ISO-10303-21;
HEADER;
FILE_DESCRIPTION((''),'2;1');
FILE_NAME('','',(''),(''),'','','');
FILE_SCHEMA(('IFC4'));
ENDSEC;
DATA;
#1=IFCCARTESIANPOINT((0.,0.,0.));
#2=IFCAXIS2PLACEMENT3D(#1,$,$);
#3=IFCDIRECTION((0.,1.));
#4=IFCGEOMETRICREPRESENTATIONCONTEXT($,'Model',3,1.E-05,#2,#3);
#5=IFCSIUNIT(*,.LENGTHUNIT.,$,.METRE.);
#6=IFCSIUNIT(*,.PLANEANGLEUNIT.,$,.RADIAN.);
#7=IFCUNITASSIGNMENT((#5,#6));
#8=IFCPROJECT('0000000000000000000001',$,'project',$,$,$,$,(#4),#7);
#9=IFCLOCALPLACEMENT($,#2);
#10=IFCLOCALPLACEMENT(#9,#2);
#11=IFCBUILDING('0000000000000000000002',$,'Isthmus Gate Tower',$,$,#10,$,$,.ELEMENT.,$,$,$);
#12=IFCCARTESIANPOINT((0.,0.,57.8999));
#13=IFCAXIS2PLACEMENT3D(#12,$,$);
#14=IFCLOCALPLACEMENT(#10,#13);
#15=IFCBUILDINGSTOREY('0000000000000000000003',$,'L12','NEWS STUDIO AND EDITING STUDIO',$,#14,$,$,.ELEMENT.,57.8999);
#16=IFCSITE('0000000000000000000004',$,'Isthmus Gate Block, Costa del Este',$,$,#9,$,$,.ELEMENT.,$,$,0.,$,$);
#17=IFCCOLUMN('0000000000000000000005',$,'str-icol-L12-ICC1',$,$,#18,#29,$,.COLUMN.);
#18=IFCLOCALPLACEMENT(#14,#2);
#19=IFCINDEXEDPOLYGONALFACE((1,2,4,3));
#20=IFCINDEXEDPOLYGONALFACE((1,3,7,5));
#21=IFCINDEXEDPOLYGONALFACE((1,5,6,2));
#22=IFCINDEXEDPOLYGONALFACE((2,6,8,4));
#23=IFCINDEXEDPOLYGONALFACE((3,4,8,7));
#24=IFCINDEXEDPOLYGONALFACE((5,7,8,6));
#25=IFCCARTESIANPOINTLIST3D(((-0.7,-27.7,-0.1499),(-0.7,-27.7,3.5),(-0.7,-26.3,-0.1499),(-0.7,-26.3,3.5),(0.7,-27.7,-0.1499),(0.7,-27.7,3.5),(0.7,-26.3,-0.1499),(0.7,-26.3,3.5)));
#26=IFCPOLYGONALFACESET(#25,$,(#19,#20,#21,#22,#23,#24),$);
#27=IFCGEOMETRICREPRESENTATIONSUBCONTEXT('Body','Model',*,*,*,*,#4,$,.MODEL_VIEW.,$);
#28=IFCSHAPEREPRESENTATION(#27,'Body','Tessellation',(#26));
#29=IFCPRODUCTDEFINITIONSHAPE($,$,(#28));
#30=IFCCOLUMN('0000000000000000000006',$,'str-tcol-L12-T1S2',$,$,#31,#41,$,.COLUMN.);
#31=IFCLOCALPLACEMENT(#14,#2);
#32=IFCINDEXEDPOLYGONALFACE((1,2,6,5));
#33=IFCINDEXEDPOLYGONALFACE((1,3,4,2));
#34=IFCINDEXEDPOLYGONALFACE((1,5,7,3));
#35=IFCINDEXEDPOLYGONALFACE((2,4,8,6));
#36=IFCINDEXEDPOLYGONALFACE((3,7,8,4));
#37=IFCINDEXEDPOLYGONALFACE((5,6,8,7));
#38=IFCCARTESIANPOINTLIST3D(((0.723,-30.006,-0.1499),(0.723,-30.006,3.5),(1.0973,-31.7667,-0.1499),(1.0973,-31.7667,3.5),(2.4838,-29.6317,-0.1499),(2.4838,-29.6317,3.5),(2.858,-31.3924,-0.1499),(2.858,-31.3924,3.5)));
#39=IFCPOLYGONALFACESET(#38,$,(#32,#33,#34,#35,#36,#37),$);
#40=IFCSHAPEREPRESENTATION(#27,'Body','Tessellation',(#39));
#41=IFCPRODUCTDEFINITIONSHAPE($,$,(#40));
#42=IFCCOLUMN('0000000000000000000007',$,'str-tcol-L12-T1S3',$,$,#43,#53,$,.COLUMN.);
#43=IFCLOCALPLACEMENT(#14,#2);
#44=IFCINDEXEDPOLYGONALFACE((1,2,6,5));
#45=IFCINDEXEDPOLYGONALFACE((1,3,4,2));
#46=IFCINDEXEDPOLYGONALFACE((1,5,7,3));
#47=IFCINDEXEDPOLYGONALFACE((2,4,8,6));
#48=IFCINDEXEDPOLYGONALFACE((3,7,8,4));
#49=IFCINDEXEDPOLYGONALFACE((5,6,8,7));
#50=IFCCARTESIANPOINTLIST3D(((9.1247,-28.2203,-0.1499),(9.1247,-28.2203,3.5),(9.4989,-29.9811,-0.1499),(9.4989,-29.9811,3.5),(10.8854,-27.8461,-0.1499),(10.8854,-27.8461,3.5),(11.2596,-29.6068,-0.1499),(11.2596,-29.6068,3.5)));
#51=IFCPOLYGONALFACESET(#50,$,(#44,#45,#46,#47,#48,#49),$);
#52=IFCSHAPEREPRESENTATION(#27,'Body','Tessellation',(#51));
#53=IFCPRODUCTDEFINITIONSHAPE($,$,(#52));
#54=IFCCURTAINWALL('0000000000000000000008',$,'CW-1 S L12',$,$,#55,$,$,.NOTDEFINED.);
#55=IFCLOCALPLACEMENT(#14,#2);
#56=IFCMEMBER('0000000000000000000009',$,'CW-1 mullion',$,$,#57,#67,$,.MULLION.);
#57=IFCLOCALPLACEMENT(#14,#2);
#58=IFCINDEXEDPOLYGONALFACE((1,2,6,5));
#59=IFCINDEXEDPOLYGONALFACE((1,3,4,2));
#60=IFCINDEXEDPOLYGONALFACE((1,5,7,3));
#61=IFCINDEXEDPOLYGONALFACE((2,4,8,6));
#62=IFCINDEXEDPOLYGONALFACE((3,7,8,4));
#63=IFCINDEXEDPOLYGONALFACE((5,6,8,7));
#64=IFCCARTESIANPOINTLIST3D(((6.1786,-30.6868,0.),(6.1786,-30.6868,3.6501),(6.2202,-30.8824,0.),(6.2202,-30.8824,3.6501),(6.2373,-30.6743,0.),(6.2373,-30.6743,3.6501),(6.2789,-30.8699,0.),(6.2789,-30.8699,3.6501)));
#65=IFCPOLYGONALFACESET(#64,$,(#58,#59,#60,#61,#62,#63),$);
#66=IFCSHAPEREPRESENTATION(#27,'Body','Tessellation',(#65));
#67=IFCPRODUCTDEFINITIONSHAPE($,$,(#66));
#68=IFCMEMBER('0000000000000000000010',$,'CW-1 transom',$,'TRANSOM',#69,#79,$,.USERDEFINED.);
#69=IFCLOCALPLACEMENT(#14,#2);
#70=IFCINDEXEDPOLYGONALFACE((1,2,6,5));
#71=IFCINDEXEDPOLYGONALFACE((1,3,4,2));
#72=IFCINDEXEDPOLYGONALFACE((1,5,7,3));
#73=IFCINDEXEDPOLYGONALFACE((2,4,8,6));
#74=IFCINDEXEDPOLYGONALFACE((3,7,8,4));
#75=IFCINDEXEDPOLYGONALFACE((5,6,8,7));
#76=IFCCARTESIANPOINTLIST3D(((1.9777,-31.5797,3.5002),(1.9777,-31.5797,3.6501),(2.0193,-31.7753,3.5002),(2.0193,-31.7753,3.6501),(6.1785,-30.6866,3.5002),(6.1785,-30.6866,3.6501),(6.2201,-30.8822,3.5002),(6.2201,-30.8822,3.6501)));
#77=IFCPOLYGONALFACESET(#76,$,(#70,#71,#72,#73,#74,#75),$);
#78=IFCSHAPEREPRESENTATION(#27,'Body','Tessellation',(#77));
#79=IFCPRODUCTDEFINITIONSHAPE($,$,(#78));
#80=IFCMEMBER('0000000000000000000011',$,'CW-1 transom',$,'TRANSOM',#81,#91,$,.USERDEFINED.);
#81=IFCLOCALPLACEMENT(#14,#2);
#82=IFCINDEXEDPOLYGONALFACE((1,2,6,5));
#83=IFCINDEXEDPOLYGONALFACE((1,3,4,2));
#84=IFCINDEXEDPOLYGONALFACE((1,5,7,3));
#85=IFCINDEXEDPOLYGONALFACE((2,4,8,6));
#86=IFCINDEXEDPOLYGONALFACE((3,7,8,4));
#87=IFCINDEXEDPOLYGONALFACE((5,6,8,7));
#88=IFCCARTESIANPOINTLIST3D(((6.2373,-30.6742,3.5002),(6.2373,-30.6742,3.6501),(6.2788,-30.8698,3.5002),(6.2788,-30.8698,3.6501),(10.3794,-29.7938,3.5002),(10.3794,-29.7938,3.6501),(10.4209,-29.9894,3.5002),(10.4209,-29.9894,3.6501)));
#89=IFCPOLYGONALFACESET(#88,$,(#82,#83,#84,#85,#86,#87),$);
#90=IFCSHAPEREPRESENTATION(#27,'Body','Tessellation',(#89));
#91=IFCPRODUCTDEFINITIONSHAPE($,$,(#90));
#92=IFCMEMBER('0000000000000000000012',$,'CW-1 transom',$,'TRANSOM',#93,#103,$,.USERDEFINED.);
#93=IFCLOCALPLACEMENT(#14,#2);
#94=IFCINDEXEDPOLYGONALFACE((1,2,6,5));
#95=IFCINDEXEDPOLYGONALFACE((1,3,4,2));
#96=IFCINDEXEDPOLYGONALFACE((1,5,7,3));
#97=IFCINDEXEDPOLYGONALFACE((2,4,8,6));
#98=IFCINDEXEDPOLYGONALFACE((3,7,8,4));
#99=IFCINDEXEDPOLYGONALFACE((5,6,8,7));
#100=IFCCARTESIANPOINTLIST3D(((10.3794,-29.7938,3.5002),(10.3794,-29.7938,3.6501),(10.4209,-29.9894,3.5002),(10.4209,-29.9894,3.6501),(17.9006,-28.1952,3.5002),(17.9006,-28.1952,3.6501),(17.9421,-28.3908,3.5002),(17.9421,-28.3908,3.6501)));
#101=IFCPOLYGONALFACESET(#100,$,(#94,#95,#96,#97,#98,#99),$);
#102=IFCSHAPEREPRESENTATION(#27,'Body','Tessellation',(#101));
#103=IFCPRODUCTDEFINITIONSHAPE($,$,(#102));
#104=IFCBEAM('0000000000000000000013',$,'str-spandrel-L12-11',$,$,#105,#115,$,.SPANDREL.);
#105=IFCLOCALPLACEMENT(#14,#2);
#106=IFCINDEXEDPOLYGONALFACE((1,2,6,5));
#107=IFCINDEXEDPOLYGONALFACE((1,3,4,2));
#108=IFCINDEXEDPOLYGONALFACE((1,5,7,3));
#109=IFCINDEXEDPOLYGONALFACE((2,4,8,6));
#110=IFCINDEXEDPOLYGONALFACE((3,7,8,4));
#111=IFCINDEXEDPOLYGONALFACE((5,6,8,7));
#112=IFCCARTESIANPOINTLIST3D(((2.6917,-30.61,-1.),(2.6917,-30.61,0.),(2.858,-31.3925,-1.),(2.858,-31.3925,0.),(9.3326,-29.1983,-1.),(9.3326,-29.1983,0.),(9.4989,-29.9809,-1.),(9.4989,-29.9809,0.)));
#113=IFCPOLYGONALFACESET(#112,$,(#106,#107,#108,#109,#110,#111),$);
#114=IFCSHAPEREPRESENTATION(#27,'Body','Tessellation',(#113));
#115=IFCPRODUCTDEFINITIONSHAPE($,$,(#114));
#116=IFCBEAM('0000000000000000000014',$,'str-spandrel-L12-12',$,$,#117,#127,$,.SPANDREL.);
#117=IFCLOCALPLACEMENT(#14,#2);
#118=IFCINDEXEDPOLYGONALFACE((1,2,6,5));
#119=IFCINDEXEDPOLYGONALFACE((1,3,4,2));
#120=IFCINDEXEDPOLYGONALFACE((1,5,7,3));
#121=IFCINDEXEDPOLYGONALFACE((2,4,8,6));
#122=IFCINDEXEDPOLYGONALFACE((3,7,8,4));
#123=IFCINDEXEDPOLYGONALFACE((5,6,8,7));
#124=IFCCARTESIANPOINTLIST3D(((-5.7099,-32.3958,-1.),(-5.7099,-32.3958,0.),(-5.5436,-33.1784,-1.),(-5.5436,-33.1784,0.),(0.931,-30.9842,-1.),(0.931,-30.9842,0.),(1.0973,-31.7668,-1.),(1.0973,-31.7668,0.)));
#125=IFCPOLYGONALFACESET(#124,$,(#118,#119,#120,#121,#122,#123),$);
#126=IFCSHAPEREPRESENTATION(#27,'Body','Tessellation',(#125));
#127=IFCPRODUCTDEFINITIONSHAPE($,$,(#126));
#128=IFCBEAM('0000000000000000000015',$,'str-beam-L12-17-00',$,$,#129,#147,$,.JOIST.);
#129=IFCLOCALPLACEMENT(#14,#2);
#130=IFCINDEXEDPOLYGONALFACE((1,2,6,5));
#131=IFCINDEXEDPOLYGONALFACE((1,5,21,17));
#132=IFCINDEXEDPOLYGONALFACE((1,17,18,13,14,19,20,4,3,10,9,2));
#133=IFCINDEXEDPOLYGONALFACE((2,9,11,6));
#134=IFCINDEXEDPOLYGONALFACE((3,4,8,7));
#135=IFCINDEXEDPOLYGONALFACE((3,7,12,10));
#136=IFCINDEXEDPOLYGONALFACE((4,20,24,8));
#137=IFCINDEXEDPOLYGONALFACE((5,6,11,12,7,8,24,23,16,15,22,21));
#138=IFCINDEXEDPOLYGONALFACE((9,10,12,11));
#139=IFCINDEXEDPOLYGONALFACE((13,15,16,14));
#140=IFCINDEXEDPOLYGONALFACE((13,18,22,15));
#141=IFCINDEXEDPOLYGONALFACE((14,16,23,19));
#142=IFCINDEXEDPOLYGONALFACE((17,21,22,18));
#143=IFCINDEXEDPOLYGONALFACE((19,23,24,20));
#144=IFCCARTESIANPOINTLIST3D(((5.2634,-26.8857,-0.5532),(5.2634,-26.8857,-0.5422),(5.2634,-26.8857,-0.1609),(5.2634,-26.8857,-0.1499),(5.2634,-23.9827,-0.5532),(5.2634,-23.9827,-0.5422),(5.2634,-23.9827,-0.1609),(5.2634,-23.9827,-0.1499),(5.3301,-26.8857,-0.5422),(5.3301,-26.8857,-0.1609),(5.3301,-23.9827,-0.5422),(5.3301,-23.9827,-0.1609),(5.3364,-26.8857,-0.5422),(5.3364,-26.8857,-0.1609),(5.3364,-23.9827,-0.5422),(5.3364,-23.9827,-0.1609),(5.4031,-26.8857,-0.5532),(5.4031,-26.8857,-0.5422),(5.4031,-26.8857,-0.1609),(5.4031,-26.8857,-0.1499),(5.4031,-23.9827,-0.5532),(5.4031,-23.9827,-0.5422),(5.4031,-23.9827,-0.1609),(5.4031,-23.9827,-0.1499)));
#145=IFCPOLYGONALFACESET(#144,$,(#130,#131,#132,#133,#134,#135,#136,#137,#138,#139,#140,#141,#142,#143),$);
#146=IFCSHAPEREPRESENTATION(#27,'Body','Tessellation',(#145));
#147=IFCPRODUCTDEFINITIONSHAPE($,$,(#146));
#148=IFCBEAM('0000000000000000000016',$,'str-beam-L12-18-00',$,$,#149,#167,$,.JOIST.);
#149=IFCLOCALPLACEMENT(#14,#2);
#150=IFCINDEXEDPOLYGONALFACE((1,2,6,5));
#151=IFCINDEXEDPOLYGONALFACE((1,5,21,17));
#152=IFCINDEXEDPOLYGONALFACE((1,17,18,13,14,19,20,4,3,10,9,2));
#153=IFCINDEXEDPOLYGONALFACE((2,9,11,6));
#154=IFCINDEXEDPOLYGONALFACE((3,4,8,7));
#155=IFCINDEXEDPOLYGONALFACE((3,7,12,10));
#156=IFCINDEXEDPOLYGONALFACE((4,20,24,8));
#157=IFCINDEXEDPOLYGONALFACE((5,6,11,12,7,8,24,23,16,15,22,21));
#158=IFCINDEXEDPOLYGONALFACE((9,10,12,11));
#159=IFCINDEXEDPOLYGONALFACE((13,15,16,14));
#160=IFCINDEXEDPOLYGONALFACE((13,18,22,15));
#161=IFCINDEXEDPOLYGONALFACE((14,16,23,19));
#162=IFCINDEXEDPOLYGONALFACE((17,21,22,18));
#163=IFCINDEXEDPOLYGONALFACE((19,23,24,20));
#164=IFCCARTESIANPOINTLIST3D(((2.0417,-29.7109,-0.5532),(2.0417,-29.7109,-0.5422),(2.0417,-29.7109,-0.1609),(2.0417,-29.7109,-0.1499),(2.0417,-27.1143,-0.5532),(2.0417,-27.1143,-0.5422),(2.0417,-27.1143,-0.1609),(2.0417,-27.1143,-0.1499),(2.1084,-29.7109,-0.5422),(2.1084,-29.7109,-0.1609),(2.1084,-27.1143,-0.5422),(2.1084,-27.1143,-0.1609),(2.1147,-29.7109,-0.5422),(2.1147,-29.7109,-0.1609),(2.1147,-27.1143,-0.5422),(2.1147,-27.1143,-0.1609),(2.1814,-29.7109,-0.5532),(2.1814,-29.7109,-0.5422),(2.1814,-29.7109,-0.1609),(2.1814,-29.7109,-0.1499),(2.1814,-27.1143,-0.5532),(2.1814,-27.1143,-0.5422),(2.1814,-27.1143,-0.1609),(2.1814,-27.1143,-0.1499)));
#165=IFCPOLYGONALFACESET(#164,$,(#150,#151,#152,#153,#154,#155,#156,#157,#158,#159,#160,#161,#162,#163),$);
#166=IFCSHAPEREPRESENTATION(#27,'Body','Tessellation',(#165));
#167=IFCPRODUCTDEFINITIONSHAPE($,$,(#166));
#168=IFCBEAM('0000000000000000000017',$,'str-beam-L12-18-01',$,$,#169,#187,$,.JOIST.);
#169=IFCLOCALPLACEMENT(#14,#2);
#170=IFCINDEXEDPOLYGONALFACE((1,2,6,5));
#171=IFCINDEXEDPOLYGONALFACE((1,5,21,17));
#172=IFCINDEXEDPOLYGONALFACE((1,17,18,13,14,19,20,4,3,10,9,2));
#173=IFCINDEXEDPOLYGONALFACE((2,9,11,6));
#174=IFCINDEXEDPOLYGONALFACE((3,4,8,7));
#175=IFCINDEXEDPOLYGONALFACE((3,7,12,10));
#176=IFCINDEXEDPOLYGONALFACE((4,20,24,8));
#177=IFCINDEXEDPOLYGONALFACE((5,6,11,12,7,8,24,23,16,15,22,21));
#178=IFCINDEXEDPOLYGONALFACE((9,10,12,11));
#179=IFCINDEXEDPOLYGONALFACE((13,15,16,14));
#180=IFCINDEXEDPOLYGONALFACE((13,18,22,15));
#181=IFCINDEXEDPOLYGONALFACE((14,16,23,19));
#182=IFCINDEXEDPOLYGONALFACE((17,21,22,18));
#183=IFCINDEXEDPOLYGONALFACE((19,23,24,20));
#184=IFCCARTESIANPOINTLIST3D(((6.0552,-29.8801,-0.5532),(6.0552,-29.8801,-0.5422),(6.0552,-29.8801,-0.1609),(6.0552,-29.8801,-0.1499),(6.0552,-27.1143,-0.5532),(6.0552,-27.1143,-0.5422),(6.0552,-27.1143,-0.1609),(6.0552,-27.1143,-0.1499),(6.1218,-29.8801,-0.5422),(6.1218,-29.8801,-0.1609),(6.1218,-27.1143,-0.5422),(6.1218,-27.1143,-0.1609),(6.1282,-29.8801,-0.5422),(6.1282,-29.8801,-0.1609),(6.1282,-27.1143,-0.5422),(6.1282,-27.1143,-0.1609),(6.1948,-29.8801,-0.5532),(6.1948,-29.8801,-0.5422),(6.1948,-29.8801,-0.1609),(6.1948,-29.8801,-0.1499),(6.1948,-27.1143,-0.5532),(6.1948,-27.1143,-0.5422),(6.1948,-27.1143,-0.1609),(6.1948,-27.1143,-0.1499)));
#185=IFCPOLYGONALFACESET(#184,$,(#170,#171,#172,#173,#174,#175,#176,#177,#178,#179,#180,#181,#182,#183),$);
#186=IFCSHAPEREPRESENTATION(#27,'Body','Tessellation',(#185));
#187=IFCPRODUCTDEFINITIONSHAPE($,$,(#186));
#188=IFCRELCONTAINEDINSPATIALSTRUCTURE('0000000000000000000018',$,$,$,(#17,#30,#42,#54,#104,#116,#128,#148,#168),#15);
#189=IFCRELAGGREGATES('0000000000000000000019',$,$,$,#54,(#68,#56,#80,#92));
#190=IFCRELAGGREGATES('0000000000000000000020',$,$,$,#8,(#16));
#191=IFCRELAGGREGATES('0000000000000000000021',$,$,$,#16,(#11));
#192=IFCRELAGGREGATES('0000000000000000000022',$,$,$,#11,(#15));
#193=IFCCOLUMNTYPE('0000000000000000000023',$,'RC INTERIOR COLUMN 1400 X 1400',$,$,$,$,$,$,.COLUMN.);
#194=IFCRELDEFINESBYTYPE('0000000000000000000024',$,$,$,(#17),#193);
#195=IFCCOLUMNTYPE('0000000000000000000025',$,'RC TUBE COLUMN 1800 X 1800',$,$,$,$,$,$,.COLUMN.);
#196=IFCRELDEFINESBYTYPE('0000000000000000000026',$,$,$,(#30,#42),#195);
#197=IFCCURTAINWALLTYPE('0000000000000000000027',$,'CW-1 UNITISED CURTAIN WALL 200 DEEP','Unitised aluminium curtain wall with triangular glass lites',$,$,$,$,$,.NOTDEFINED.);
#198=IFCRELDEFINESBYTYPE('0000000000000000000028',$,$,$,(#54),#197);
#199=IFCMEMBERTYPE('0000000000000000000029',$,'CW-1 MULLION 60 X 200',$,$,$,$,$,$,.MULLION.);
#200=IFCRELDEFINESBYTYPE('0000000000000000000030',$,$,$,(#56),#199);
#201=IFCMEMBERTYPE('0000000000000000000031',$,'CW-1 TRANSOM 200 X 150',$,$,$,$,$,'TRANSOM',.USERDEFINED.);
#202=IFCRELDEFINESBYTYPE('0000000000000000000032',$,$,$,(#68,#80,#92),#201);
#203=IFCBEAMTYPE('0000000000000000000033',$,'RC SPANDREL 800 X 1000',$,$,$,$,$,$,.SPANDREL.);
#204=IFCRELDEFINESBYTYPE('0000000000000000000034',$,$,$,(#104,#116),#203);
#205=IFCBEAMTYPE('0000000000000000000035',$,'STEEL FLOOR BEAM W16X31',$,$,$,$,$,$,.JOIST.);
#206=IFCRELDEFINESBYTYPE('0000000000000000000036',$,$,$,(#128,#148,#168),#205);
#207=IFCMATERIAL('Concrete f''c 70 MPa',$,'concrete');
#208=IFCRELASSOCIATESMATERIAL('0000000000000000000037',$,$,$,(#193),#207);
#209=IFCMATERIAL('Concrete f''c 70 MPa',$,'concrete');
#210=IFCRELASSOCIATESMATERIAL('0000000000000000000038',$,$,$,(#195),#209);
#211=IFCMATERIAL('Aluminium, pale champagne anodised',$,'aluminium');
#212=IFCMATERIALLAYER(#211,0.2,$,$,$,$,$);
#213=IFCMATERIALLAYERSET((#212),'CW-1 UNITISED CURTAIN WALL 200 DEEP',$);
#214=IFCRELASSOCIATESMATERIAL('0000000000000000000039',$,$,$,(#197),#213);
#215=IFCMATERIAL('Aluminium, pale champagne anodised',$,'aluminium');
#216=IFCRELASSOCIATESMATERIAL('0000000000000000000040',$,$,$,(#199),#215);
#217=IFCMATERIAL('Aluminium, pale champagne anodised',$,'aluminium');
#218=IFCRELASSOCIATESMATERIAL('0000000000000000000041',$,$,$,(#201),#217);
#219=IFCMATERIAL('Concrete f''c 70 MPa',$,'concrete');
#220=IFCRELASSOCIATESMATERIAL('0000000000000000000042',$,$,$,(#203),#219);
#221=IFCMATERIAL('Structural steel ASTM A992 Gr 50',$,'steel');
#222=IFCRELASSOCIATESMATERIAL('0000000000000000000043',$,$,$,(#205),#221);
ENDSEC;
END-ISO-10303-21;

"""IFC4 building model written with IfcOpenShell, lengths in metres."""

from ifc_helpers import new_model, si_unit, direction, frame, origin, origin_2d, place, context, subcontext, project, spatial, rectangle, i_section, extrude, material, layer, layer_set, material_profile, profile_set, type_object, element, aggregate, save


model = new_model("IFC4")

# Units and contexts
model_context = context("Model", 3, precision=1e-05, world=origin(), true_north=direction((0.0, 1.0)))
body_context = subcontext(model_context, "Body", "Model", "MODEL_VIEW")
ifc_project = project(units=[si_unit("LENGTHUNIT", "METRE"), si_unit("PLANEANGLEUNIT", "RADIAN")], contexts=[model_context])

# Site, building, storey
site_placement = place(None, origin())
site = spatial("IfcSite", under=ifc_project, at=site_placement, Name="Isthmus Gate Block, Costa del Este", CompositionType="ELEMENT", RefElevation=0.0)
building_placement = place(site_placement, origin())
building = spatial("IfcBuilding", under=site, at=building_placement, Name="Isthmus Gate Tower", CompositionType="ELEMENT")
storey_placement = place(building_placement, frame((0.0, 0.0, 57.8999)))
storey = spatial("IfcBuildingStorey", under=building, at=storey_placement, Name="L12", Description="NEWS STUDIO AND EDITING STUDIO", CompositionType="ELEMENT", Elevation=57.8999)

# Columns
ifc_material_1 = material(Name="Concrete f'c 70 MPa", Category="concrete")
ifc_material_profile_1 = material_profile(ifc_material_1, rectangle(XDim=1.3999, YDim=1.3999, at=origin_2d()), Name="RC 1400X1400")
ifc_profile_set_1 = profile_set([ifc_material_profile_1], Name="Concrete f'c 70 MPa")
column_type_1 = type_object("IfcColumnType", Name="RC INTERIOR COLUMN 1400 X 1400", PredefinedType="COLUMN", material=ifc_profile_set_1)
column_placement = place(storey_placement, frame((0.0, -27.0, -0.1499), z_axis=(0.0, 0.0, 1.0), x_axis=(1.0, 0.0, 0.0)))
element("IfcColumn", 1, at=column_placement, inside=storey, type_object=column_type_1, Name="str-icol-L12-ICC1", PredefinedType="COLUMN", context=body_context, shape_type="SweptSolid", body=[
    extrude(rectangle(XDim=1.3999, YDim=1.3999, at=origin_2d()), origin(), (0.0, 0.0, 1.0), 3.6499),
])
ifc_material_2 = material(Name="Concrete f'c 70 MPa", Category="concrete")
ifc_material_profile_2 = material_profile(ifc_material_2, rectangle(XDim=1.8, YDim=1.8, at=origin_2d()), Name="RC 1800X1800")
ifc_profile_set_2 = profile_set([ifc_material_profile_2], Name="Concrete f'c 70 MPa")
column_type_2 = type_object("IfcColumnType", Name="RC TUBE COLUMN 1800 X 1800", PredefinedType="COLUMN", material=ifc_profile_set_2)
for number, where, z_axis, x_axis, name in (
    (2, (1.7905, -30.6992, -0.1499), (0.0, 0.0, 1.0), (0.978148, 0.207912, 0.0), "str-tcol-L12-T1S2"),
    (3, (10.1921, -28.9136, -0.1499), (0.0, 0.0, 1.0), (0.978148, 0.207912, 0.0), "str-tcol-L12-T1S3"),
):
    element("IfcColumn", number, at=place(storey_placement, frame(where, z_axis=z_axis, x_axis=x_axis)), inside=storey, type_object=column_type_2, Name=name, PredefinedType="COLUMN", context=body_context, shape_type="SweptSolid", body=[
        extrude(rectangle(XDim=1.8, YDim=1.8, at=origin_2d()), origin(), (0.0, 0.0, 1.0), 3.6499),
    ])

# Curtain wall, members
ifc_material_3 = material(Name="Aluminium, pale champagne anodised", Category="aluminium")
ifc_layer_1 = layer(ifc_material_3, 0.2)
ifc_layer_set_1 = layer_set([ifc_layer_1], Name="CW-1 UNITISED CURTAIN WALL 200 DEEP")
curtain_wall_type = type_object("IfcCurtainWallType", Name="CW-1 UNITISED CURTAIN WALL 200 DEEP", Description="Unitised aluminium curtain wall with triangular glass lites", PredefinedType="NOTDEFINED", material=ifc_layer_set_1)
curtain_wall_placement = place(storey_placement, origin())
curtain_wall = element("IfcCurtainWall", 4, at=curtain_wall_placement, inside=storey, type_object=curtain_wall_type, Name="CW-1 S L12", PredefinedType="NOTDEFINED")
ifc_material_4 = material(Name="Aluminium, pale champagne anodised", Category="aluminium")
ifc_material_profile_3 = material_profile(ifc_material_4, rectangle(XDim=0.0601, YDim=0.2, at=origin_2d()), Name="60x200")
ifc_profile_set_3 = profile_set([ifc_material_profile_3], Name="Aluminium, pale champagne anodised")
member_type_1 = type_object("IfcMemberType", Name="CW-1 MULLION 60 X 200", PredefinedType="MULLION", material=ifc_profile_set_3)
member_1_placement = place(storey_placement, frame((6.2288, -30.7783, 0.0), z_axis=(0.0, 0.0, 1.0), x_axis=(0.978148, 0.207912, 0.0)))
member_1 = element("IfcMember", 5, at=member_1_placement, type_object=member_type_1, Name="CW-1 mullion", PredefinedType="MULLION", context=body_context, shape_type="SweptSolid", body=[
    extrude(rectangle(XDim=0.0601, YDim=0.2, at=origin_2d()), origin(), (0.0, 0.0, 1.0), 3.6501),
])
ifc_material_5 = material(Name="Aluminium, pale champagne anodised", Category="aluminium")
ifc_material_profile_4 = material_profile(ifc_material_5, rectangle(XDim=0.2, YDim=0.1499, at=origin_2d()), Name="200x150")
ifc_profile_set_4 = profile_set([ifc_material_profile_4], Name="Aluminium, pale champagne anodised")
member_type_2 = type_object("IfcMemberType", Name="CW-1 TRANSOM 200 X 150", ElementType="TRANSOM", PredefinedType="USERDEFINED", material=ifc_profile_set_4)
member_2_placement = place(storey_placement, frame((1.9985, -31.6775, 3.5752), z_axis=(0.978139, 0.207953, 0.0), x_axis=(-0.207953, 0.978139, 0.0)))
member_2 = element("IfcMember", 6, at=member_2_placement, type_object=member_type_2, Name="CW-1 transom", ObjectType="TRANSOM", PredefinedType="USERDEFINED", context=body_context, shape_type="SweptSolid", body=[
    extrude(rectangle(XDim=0.2, YDim=0.1499, at=origin_2d()), origin(), (0.0, 0.0, 1.0), 4.2947),
])
member_3_placement = place(storey_placement, frame((6.2581, -30.772, 3.5752), z_axis=(0.97815, 0.207899, 0.0), x_axis=(-0.207899, 0.97815, 0.0)))
member_3 = element("IfcMember", 7, at=member_3_placement, type_object=member_type_2, Name="CW-1 transom", ObjectType="TRANSOM", PredefinedType="USERDEFINED", context=body_context, shape_type="SweptSolid", body=[
    extrude(rectangle(XDim=0.2, YDim=0.1499, at=origin_2d()), origin(), (0.0, 0.0, 1.0), 4.2346),
])
member_4_placement = place(storey_placement, frame((10.4001, -29.8916, 3.5752), z_axis=(0.978149, 0.207905, 0.0), x_axis=(-0.207905, 0.978149, 0.0)))
member_4 = element("IfcMember", 8, at=member_4_placement, type_object=member_type_2, Name="CW-1 transom", ObjectType="TRANSOM", PredefinedType="USERDEFINED", context=body_context, shape_type="SweptSolid", body=[
    extrude(rectangle(XDim=0.2, YDim=0.1499, at=origin_2d()), origin(), (0.0, 0.0, 1.0), 7.6892),
])

# Beams
ifc_material_6 = material(Name="Concrete f'c 70 MPa", Category="concrete")
ifc_material_profile_5 = material_profile(ifc_material_6, rectangle(XDim=0.8, YDim=1.0, at=origin_2d()), Name="RC 800X1000")
ifc_profile_set_5 = profile_set([ifc_material_profile_5], Name="Concrete f'c 70 MPa")
beam_type_1 = type_object("IfcBeamType", Name="RC SPANDREL 800 X 1000", PredefinedType="SPANDREL", material=ifc_profile_set_5)
for number, where, z_axis, x_axis, name in (
    (9, (9.4158, -29.5896, -0.5), (-0.978146, -0.20792, 0.0), (0.20792, -0.978146, 0.0), "str-spandrel-L12-11"),
    (10, (1.0142, -31.3755, -0.5), (-0.978146, -0.20792, 0.0), (0.20792, -0.978146, 0.0), "str-spandrel-L12-12"),
):
    element("IfcBeam", number, at=place(storey_placement, frame(where, z_axis=z_axis, x_axis=x_axis)), inside=storey, type_object=beam_type_1, Name=name, PredefinedType="SPANDREL", context=body_context, shape_type="SweptSolid", body=[
        extrude(rectangle(XDim=0.8, YDim=1.0, at=origin_2d()), origin(), (0.0, 0.0, 1.0), 6.7893),
    ])
ifc_material_7 = material(Name="Structural steel ASTM A992 Gr 50", Category="steel")
ifc_material_profile_6 = material_profile(ifc_material_7, i_section(OverallWidth=0.1396, OverallDepth=0.4033, WebThickness=0.0063, FlangeThickness=0.011, at=origin_2d()), Name="W16X31")
ifc_profile_set_6 = profile_set([ifc_material_profile_6], Name="Structural steel ASTM A992 Gr 50")
beam_type_2 = type_object("IfcBeamType", Name="STEEL FLOOR BEAM W16X31", PredefinedType="JOIST", material=ifc_profile_set_6)
beam_1_placement = place(storey_placement, frame((5.3333, -26.8857, -0.3516), z_axis=(0.0, 1.0, 0.0), x_axis=(-1.0, 0.0, 0.0)))
element("IfcBeam", 11, at=beam_1_placement, inside=storey, type_object=beam_type_2, Name="str-beam-L12-17-00", PredefinedType="JOIST", context=body_context, shape_type="SweptSolid", body=[
    extrude(i_section(OverallWidth=0.1396, OverallDepth=0.4033, WebThickness=0.0063, FlangeThickness=0.011, at=origin_2d()), origin(), (0.0, 0.0, 1.0), 2.9031),
])
beam_2_placement = place(storey_placement, frame((2.1116, -29.7109, -0.3516), z_axis=(0.0, 1.0, 0.0), x_axis=(-1.0, 0.0, 0.0)))
element("IfcBeam", 12, at=beam_2_placement, inside=storey, type_object=beam_type_2, Name="str-beam-L12-18-00", PredefinedType="JOIST", context=body_context, shape_type="SweptSolid", body=[
    extrude(i_section(OverallWidth=0.1396, OverallDepth=0.4033, WebThickness=0.0063, FlangeThickness=0.011, at=origin_2d()), origin(), (0.0, 0.0, 1.0), 2.5967),
])
beam_3_placement = place(storey_placement, frame((6.125, -29.8801, -0.3516), z_axis=(0.0, 1.0, 0.0), x_axis=(-1.0, 0.0, 0.0)))
element("IfcBeam", 13, at=beam_3_placement, inside=storey, type_object=beam_type_2, Name="str-beam-L12-18-01", PredefinedType="JOIST", context=body_context, shape_type="SweptSolid", body=[
    extrude(i_section(OverallWidth=0.1396, OverallDepth=0.4033, WebThickness=0.0063, FlangeThickness=0.011, at=origin_2d()), origin(), (0.0, 0.0, 1.0), 2.7659),
])

aggregate(curtain_wall, [member_2, member_1, member_3, member_4])

save(model, "model.ifc")
